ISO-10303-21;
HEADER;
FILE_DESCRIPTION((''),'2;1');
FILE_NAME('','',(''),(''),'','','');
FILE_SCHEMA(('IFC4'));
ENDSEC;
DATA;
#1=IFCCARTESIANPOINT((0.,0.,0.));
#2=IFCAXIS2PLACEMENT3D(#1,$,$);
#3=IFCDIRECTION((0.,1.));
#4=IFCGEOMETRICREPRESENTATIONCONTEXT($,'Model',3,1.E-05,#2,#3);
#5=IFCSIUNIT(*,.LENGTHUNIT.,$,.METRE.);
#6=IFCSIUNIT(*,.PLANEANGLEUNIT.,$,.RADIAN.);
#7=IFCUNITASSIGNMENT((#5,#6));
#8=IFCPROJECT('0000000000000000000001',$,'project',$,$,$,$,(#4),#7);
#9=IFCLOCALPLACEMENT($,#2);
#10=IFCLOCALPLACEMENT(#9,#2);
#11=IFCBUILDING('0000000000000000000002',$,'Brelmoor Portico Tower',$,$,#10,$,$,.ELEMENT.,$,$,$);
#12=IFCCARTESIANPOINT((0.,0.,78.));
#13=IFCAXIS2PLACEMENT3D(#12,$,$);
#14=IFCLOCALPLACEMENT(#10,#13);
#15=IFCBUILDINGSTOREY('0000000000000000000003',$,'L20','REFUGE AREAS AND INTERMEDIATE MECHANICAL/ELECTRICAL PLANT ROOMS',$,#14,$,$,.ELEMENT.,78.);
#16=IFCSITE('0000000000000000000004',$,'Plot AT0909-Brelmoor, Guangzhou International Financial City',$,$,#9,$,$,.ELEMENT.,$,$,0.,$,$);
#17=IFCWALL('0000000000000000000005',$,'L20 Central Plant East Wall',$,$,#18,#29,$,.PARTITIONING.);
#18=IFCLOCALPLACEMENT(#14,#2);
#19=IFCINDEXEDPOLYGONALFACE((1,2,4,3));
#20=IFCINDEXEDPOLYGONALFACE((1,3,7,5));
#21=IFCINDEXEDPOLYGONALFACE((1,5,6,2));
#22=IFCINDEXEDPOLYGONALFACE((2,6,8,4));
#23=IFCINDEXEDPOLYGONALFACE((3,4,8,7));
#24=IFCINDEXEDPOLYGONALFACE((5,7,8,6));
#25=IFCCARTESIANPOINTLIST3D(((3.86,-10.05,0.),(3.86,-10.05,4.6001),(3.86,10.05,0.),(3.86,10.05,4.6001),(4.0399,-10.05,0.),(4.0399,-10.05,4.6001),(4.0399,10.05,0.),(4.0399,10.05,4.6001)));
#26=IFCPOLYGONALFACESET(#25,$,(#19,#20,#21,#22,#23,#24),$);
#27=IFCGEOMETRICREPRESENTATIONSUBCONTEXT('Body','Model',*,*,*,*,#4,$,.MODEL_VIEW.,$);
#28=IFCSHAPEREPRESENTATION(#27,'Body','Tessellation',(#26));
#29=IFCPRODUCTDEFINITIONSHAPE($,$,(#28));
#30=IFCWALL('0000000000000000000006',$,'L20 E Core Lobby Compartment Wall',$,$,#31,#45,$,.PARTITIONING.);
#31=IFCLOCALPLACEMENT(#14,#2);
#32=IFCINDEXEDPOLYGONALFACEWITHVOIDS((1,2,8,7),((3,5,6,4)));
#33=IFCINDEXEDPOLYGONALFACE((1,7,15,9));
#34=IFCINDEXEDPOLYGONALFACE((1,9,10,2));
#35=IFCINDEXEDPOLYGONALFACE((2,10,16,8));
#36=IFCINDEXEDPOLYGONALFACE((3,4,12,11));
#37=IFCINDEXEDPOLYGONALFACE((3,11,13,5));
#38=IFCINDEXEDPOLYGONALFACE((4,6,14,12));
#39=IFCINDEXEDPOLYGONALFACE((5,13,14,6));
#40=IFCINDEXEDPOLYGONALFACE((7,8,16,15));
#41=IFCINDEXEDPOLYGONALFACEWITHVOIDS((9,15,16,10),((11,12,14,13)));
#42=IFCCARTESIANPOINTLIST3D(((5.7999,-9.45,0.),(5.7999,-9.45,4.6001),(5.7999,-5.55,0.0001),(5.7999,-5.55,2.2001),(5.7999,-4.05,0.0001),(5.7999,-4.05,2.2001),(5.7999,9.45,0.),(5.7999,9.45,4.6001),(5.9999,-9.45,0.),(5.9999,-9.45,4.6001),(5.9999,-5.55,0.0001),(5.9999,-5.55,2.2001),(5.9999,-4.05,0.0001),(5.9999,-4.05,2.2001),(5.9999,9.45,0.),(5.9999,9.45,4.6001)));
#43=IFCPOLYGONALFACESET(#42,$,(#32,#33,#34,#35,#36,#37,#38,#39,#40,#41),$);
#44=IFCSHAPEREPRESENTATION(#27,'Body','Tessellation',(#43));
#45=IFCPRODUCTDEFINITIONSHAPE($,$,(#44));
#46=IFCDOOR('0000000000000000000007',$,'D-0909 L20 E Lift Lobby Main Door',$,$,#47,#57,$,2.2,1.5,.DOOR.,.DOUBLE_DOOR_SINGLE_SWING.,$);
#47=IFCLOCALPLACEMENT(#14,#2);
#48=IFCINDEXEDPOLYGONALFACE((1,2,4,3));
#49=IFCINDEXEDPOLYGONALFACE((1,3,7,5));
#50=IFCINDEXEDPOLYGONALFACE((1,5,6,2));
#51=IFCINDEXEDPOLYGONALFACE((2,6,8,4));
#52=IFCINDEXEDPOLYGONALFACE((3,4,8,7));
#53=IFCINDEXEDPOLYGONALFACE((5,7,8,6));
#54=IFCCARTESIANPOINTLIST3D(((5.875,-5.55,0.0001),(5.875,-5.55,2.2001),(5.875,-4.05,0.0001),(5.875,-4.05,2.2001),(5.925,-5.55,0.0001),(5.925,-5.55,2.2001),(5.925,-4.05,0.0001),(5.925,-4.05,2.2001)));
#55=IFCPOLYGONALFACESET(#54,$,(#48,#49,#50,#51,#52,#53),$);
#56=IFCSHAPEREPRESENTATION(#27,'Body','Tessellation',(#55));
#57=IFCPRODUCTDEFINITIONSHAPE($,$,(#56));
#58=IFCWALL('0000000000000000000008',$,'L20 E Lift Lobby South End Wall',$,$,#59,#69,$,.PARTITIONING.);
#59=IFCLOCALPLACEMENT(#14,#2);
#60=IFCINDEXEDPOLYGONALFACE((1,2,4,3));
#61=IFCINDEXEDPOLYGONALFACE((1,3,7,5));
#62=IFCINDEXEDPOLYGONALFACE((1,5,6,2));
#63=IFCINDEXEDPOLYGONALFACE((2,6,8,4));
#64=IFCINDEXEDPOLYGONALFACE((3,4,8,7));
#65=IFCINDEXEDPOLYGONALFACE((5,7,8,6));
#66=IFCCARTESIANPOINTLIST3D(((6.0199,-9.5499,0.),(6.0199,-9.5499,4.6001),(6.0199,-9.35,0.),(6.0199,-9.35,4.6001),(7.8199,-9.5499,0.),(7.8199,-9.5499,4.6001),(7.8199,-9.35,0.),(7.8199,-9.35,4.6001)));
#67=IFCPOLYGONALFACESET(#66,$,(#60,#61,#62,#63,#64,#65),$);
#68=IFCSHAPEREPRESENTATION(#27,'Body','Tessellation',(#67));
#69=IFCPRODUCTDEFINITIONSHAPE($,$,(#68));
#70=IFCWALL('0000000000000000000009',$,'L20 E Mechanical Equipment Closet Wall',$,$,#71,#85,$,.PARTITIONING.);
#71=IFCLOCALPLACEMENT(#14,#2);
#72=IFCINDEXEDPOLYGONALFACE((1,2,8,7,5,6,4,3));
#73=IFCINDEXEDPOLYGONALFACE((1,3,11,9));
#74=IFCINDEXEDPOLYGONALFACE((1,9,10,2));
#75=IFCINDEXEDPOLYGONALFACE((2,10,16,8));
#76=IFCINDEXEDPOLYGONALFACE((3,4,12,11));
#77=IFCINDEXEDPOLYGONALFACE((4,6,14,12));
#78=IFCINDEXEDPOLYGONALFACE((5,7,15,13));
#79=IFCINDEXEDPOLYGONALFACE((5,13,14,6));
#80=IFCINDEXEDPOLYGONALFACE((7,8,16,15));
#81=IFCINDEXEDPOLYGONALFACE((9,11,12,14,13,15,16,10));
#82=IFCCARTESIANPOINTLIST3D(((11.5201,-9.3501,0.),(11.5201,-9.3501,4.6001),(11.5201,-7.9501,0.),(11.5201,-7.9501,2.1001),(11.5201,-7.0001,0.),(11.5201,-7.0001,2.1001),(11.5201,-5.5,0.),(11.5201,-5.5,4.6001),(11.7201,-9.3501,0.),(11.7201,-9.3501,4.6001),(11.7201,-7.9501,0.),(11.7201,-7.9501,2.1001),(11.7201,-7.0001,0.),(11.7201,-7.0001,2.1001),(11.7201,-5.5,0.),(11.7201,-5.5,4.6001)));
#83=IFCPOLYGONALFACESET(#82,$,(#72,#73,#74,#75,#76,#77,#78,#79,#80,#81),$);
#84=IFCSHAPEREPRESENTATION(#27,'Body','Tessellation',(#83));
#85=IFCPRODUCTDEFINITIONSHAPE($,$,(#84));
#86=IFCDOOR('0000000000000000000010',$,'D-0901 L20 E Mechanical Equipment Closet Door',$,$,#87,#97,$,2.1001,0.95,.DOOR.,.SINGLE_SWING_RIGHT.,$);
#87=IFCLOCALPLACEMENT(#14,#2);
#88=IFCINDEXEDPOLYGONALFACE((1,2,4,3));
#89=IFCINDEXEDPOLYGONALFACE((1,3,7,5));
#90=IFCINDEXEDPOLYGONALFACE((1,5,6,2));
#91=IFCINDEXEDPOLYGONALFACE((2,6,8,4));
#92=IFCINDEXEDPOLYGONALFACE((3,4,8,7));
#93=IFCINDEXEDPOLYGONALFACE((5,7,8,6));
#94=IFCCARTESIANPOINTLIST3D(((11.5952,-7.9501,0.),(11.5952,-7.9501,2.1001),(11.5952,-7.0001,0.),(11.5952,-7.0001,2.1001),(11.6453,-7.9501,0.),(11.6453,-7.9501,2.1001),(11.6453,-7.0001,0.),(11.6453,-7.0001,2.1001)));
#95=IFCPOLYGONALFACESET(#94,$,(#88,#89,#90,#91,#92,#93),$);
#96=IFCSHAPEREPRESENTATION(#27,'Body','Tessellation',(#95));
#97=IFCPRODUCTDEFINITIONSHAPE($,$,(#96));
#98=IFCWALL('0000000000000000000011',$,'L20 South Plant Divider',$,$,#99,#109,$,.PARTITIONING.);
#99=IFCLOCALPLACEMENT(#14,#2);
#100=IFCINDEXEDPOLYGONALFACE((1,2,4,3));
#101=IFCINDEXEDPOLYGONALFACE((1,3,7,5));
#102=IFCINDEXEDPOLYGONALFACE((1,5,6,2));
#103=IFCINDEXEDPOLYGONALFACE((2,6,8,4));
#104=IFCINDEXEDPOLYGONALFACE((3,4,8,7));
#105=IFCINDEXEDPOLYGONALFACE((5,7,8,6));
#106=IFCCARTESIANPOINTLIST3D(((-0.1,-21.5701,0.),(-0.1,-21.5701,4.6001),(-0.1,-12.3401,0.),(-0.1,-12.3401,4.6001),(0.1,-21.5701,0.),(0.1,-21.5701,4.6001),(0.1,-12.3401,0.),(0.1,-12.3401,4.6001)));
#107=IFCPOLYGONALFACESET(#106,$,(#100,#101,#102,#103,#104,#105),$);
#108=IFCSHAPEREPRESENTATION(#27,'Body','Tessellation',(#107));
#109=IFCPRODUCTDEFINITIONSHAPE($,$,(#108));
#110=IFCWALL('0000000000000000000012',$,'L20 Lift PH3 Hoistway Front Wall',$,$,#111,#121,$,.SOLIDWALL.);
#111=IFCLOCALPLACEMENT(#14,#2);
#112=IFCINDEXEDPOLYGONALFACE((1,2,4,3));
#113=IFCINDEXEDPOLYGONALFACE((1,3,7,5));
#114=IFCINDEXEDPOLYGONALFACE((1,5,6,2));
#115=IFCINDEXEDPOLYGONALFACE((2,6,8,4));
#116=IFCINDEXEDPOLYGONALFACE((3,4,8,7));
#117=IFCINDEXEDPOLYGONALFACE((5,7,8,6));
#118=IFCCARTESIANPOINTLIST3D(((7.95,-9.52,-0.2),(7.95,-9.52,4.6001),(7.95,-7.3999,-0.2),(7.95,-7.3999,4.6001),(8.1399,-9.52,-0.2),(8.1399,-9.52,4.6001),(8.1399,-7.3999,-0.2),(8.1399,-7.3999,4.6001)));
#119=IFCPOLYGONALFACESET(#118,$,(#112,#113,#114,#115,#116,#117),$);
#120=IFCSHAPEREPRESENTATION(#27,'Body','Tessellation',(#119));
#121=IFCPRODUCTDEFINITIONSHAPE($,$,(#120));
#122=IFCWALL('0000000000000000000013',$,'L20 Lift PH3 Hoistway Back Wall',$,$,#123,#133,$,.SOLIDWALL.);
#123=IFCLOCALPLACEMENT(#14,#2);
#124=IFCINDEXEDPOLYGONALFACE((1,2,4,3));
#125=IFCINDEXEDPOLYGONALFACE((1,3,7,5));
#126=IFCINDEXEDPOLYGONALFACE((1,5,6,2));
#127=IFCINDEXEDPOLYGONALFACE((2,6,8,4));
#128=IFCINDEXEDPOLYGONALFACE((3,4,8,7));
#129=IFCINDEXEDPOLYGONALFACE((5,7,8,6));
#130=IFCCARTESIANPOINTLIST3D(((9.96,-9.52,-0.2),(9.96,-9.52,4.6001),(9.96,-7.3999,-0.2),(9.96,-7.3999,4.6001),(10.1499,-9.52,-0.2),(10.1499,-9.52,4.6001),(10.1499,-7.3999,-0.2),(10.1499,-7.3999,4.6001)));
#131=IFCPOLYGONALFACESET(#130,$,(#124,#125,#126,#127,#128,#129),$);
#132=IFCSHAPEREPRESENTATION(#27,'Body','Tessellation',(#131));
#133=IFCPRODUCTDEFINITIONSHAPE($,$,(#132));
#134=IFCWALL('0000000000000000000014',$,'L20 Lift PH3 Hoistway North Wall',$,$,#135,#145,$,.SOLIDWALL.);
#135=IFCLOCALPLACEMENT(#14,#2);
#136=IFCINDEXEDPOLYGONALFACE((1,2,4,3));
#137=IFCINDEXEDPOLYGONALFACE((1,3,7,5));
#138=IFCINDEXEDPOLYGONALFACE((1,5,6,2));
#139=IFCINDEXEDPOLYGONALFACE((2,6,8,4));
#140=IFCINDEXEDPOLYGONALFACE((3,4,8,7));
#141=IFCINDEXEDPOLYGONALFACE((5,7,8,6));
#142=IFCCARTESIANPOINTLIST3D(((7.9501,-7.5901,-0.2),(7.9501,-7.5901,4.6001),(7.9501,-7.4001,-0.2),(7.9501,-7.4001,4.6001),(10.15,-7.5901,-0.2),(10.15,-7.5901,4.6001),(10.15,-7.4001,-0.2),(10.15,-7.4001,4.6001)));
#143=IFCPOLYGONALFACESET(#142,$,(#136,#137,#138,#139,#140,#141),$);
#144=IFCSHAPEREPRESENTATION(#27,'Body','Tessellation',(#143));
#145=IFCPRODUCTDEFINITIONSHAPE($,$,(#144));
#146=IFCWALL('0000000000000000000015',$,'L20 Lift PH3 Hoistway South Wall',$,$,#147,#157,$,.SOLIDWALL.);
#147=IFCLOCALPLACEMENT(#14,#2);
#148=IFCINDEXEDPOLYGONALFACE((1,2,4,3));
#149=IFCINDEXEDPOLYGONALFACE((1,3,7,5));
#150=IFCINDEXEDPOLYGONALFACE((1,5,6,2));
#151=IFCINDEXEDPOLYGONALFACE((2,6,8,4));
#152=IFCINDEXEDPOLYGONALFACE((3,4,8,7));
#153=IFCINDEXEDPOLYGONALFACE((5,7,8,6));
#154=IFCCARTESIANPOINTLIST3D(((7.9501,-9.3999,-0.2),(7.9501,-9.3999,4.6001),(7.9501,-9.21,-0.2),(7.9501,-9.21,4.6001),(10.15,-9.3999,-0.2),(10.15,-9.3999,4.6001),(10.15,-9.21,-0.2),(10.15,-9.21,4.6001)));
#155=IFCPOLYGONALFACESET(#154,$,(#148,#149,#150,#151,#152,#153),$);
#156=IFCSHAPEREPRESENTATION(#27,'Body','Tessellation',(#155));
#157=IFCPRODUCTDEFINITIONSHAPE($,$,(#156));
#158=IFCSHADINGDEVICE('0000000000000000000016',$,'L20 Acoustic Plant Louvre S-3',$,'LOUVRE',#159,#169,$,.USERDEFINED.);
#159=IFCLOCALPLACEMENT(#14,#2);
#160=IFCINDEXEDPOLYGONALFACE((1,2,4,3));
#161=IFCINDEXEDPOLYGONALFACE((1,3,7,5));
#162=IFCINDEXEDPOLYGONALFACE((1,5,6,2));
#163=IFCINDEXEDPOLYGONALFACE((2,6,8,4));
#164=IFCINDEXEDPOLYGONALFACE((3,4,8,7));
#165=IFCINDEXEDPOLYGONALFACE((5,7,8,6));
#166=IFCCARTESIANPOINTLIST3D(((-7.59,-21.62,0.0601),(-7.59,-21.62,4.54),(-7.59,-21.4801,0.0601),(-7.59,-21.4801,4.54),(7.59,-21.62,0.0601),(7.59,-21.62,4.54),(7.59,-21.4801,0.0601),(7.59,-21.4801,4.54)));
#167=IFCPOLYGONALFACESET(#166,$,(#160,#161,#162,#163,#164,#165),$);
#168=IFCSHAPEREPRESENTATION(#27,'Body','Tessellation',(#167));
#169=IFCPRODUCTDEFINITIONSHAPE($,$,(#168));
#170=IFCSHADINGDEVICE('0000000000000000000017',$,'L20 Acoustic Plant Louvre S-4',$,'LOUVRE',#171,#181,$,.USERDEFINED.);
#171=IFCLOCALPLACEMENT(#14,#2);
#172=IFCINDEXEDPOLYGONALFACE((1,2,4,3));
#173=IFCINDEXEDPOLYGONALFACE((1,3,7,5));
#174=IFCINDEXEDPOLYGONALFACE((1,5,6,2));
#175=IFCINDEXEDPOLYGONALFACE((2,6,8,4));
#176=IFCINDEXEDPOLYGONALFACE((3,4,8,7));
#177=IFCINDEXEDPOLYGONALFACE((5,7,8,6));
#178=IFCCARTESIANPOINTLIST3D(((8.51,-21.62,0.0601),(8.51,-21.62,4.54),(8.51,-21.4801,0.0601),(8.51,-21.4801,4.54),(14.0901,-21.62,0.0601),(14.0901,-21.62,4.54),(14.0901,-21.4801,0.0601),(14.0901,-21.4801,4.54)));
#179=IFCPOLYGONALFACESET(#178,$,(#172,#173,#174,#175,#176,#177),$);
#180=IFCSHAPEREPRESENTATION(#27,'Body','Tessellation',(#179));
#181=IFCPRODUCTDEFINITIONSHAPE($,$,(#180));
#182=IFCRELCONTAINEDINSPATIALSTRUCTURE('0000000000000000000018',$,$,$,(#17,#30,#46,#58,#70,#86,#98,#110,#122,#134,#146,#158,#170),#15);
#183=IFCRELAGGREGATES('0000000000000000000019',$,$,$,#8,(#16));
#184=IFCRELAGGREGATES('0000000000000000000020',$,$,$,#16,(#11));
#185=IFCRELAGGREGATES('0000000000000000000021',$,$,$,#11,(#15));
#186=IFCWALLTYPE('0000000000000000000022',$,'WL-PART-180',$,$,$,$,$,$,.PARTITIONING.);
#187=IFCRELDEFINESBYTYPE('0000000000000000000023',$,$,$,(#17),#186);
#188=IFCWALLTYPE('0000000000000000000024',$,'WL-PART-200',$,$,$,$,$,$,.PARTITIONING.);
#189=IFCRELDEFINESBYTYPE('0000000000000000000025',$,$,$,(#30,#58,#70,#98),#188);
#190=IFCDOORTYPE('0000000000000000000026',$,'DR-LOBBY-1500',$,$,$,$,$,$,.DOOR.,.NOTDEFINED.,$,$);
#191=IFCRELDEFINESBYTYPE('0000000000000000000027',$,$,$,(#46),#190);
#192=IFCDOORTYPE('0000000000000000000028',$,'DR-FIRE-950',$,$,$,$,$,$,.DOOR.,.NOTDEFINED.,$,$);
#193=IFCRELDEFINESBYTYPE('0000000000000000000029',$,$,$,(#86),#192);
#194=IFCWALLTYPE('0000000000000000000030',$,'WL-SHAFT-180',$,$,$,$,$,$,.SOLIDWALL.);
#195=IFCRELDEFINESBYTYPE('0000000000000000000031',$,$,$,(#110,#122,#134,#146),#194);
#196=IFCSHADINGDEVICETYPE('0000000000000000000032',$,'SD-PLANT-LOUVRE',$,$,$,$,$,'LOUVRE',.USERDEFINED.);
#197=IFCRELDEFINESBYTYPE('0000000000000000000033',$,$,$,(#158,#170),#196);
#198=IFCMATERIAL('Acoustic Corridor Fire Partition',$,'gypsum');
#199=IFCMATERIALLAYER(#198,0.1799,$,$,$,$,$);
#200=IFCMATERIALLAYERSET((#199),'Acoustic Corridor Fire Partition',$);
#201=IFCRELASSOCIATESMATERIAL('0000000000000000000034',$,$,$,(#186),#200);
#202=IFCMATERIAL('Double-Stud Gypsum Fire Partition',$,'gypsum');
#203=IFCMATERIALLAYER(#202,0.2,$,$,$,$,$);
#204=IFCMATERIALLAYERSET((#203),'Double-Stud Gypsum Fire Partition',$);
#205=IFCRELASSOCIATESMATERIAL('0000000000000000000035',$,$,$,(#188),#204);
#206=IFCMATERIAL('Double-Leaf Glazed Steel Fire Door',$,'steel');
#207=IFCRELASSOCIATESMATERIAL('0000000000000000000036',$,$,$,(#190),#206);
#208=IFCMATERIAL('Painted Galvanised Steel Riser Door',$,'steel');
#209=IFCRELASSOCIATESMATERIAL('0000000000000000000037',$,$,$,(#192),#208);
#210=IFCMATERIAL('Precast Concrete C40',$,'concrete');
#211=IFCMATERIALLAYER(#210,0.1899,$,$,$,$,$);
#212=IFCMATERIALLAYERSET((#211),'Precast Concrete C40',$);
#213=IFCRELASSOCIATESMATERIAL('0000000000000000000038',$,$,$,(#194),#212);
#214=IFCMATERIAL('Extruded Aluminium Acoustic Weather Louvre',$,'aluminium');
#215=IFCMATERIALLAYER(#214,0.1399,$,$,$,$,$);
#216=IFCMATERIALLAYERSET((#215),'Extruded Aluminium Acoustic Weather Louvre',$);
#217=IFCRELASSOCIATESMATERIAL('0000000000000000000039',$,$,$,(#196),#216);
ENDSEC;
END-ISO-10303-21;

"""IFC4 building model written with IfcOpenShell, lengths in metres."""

from ifc_helpers import new_model, si_unit, direction, frame, frame_2d, origin, origin_2d, place, context, subcontext, project, spatial, rectangle, extrude, material, layer, layer_set, type_object, element, fill, save


model = new_model("IFC4")

# Units and contexts
model_context = context("Model", 3, precision=1e-05, world=origin(), true_north=direction((0.0, 1.0)))
body_context = subcontext(model_context, "Body", "Model", "MODEL_VIEW")
ifc_project = project(units=[si_unit("LENGTHUNIT", "METRE"), si_unit("PLANEANGLEUNIT", "RADIAN")], contexts=[model_context])

# Site, building, storey
site_placement = place(None, origin())
site = spatial("IfcSite", under=ifc_project, at=site_placement, Name="Plot AT0909-Brelmoor, Guangzhou International Financial City", CompositionType="ELEMENT", RefElevation=0.0)
building_placement = place(site_placement, origin())
building = spatial("IfcBuilding", under=site, at=building_placement, Name="Brelmoor Portico Tower", CompositionType="ELEMENT")
storey_placement = place(building_placement, frame((0.0, 0.0, 78.0)))
storey = spatial("IfcBuildingStorey", under=building, at=storey_placement, Name="L20", Description="REFUGE AREAS AND INTERMEDIATE MECHANICAL/ELECTRICAL PLANT ROOMS", CompositionType="ELEMENT", Elevation=78.0)

# Wall
ifc_material_1 = material(Name="Acoustic Corridor Fire Partition", Category="gypsum")
ifc_layer_1 = layer(ifc_material_1, 0.1799)
ifc_layer_set_1 = layer_set([ifc_layer_1], Name="Acoustic Corridor Fire Partition")
wall_type_1 = type_object("IfcWallType", Name="WL-PART-180", PredefinedType="PARTITIONING", material=ifc_layer_set_1)
wall_1_placement = place(storey_placement, frame((3.95, -10.05, 0.0), z_axis=(0.0, 0.0, 1.0), x_axis=(0.0, 1.0, 0.0)))
element("IfcWall", 1, at=wall_1_placement, inside=storey, type_object=wall_type_1, Name="L20 Central Plant East Wall", PredefinedType="PARTITIONING", context=body_context, shape_type="SweptSolid", body=[
    extrude(rectangle(XDim=20.1001, YDim=0.1799, at=frame_2d((10.05, 0.0))), origin(), (0.0, 0.0, 1.0), 4.6001),
])

# Wall, opening, door
ifc_material_2 = material(Name="Double-Stud Gypsum Fire Partition", Category="gypsum")
ifc_layer_2 = layer(ifc_material_2, 0.2)
ifc_layer_set_2 = layer_set([ifc_layer_2], Name="Double-Stud Gypsum Fire Partition")
wall_type_2 = type_object("IfcWallType", Name="WL-PART-200", PredefinedType="PARTITIONING", material=ifc_layer_set_2)
wall_2_placement = place(storey_placement, frame((5.8999, -9.45, 0.0), z_axis=(0.0, 0.0, 1.0), x_axis=(0.0, 1.0, 0.0)))
wall_2 = element("IfcWall", 2, at=wall_2_placement, inside=storey, type_object=wall_type_2, Name="L20 E Core Lobby Compartment Wall", PredefinedType="PARTITIONING", context=body_context, shape_type="SweptSolid", body=[
    extrude(rectangle(XDim=18.8999, YDim=0.2, at=frame_2d((9.45, 0.0))), origin(), (0.0, 0.0, 1.0), 4.6001),
])
opening_1_placement = place(wall_2_placement, frame((3.8999, 0.0, 0.0)))
opening_1 = element("IfcOpeningElement", 3, at=opening_1_placement, cuts=wall_2, PredefinedType="OPENING", context=body_context, shape_type="SweptSolid", body=[
    extrude(rectangle(XDim=1.5, YDim=2.2, at=frame_2d((0.75, 1.1001))), frame((0.0, 0.1099, 0.0), z_axis=(0.0, -1.0, 0.0), x_axis=(1.0, 0.0, 0.0)), (0.0, 0.0, 1.0), 0.22),
])
ifc_material_3 = material(Name="Double-Leaf Glazed Steel Fire Door", Category="steel")
door_type_1 = type_object("IfcDoorType", Name="DR-LOBBY-1500", OperationType="NOTDEFINED", PredefinedType="DOOR", material=ifc_material_3)
door_1_placement = place(opening_1_placement, origin())
door_1 = element("IfcDoor", 4, at=door_1_placement, inside=storey, type_object=door_type_1, Name="D-0909 L20 E Lift Lobby Main Door", OperationType="DOUBLE_DOOR_SINGLE_SWING", OverallHeight=2.2, OverallWidth=1.5, PredefinedType="DOOR", context=body_context, shape_type="SweptSolid", body=[
    extrude(rectangle(XDim=1.5, YDim=2.2, at=frame_2d((0.75, 1.1001))), frame((0.0, 0.0249, 0.0), z_axis=(0.0, -1.0, 0.0), x_axis=(1.0, 0.0, 0.0)), (0.0, 0.0, 1.0), 0.05),
])
fill(opening_1, door_1)

# Wall
wall_3_placement = place(storey_placement, frame((6.02, -9.45, 0.0), z_axis=(0.0, 0.0, 1.0), x_axis=(1.0, 0.0, 0.0)))
element("IfcWall", 5, at=wall_3_placement, inside=storey, type_object=wall_type_2, Name="L20 E Lift Lobby South End Wall", PredefinedType="PARTITIONING", context=body_context, shape_type="SweptSolid", body=[
    extrude(rectangle(XDim=1.8, YDim=0.2, at=frame_2d((0.8999, 0.0))), origin(), (0.0, 0.0, 1.0), 4.6001),
])

# Wall, opening, door
wall_4_placement = place(storey_placement, frame((11.6201, -9.3501, 0.0), z_axis=(0.0, 0.0, 1.0), x_axis=(0.0, 1.0, 0.0)))
wall_4 = element("IfcWall", 6, at=wall_4_placement, inside=storey, type_object=wall_type_2, Name="L20 E Mechanical Equipment Closet Wall", PredefinedType="PARTITIONING", context=body_context, shape_type="SweptSolid", body=[
    extrude(rectangle(XDim=3.8501, YDim=0.2, at=frame_2d((1.925, 0.0))), origin(), (0.0, 0.0, 1.0), 4.6001),
])
opening_2_placement = place(wall_4_placement, frame((1.3999, 0.0, 0.0)))
opening_2 = element("IfcOpeningElement", 7, at=opening_2_placement, cuts=wall_4, PredefinedType="OPENING", context=body_context, shape_type="SweptSolid", body=[
    extrude(rectangle(XDim=0.95, YDim=2.1001, at=frame_2d((0.4751, 1.05))), frame((0.0, 0.1099, 0.0), z_axis=(0.0, -1.0, 0.0), x_axis=(1.0, 0.0, 0.0)), (0.0, 0.0, 1.0), 0.22),
])
ifc_material_4 = material(Name="Painted Galvanised Steel Riser Door", Category="steel")
door_type_2 = type_object("IfcDoorType", Name="DR-FIRE-950", OperationType="NOTDEFINED", PredefinedType="DOOR", material=ifc_material_4)
door_2_placement = place(opening_2_placement, origin())
door_2 = element("IfcDoor", 8, at=door_2_placement, inside=storey, type_object=door_type_2, Name="D-0901 L20 E Mechanical Equipment Closet Door", OperationType="SINGLE_SWING_RIGHT", OverallHeight=2.1001, OverallWidth=0.95, PredefinedType="DOOR", context=body_context, shape_type="SweptSolid", body=[
    extrude(rectangle(XDim=0.95, YDim=2.1001, at=frame_2d((0.4751, 1.05))), frame((0.0, 0.0249, 0.0), z_axis=(0.0, -1.0, 0.0), x_axis=(1.0, 0.0, 0.0)), (0.0, 0.0, 1.0), 0.05),
])
fill(opening_2, door_2)

# Walls
wall_5_placement = place(storey_placement, frame((0.0, -21.5701, 0.0), z_axis=(0.0, 0.0, 1.0), x_axis=(0.0, 1.0, 0.0)))
element("IfcWall", 9, at=wall_5_placement, inside=storey, type_object=wall_type_2, Name="L20 South Plant Divider", PredefinedType="PARTITIONING", context=body_context, shape_type="SweptSolid", body=[
    extrude(rectangle(XDim=9.23, YDim=0.2, at=frame_2d((4.615, 0.0))), origin(), (0.0, 0.0, 1.0), 4.6001),
])
ifc_material_5 = material(Name="Precast Concrete C40", Category="concrete")
ifc_layer_3 = layer(ifc_material_5, 0.1899)
ifc_layer_set_3 = layer_set([ifc_layer_3], Name="Precast Concrete C40")
wall_type_3 = type_object("IfcWallType", Name="WL-SHAFT-180", PredefinedType="SOLIDWALL", material=ifc_layer_set_3)
for number, where, z_axis, x_axis, name in (
    (10, (8.0449, -9.52, -0.2), (0.0, 0.0, 1.0), (0.0, 1.0, 0.0), "L20 Lift PH3 Hoistway Front Wall"),
    (11, (10.0549, -9.52, -0.2), (0.0, 0.0, 1.0), (0.0, 1.0, 0.0), "L20 Lift PH3 Hoistway Back Wall"),
):
    element("IfcWall", number, at=place(storey_placement, frame(where, z_axis=z_axis, x_axis=x_axis)), inside=storey, type_object=wall_type_3, Name=name, PredefinedType="SOLIDWALL", context=body_context, shape_type="SweptSolid", body=[
        extrude(rectangle(XDim=2.1201, YDim=0.1899, at=frame_2d((1.0601, 0.0))), origin(), (0.0, 0.0, 1.0), 4.8),
    ])
for number, where, z_axis, x_axis, name in (
    (12, (7.95, -7.4951, -0.2), (0.0, 0.0, 1.0), (1.0, 0.0, 0.0), "L20 Lift PH3 Hoistway North Wall"),
    (13, (7.95, -9.3049, -0.2), (0.0, 0.0, 1.0), (1.0, 0.0, 0.0), "L20 Lift PH3 Hoistway South Wall"),
):
    element("IfcWall", number, at=place(storey_placement, frame(where, z_axis=z_axis, x_axis=x_axis)), inside=storey, type_object=wall_type_3, Name=name, PredefinedType="SOLIDWALL", context=body_context, shape_type="SweptSolid", body=[
        extrude(rectangle(XDim=2.2, YDim=0.1899, at=frame_2d((1.1001, 0.0))), origin(), (0.0, 0.0, 1.0), 4.8),
    ])

# Shading devices
ifc_material_6 = material(Name="Extruded Aluminium Acoustic Weather Louvre", Category="aluminium")
ifc_layer_4 = layer(ifc_material_6, 0.1399)
ifc_layer_set_4 = layer_set([ifc_layer_4], Name="Extruded Aluminium Acoustic Weather Louvre")
shading_device_type = type_object("IfcShadingDeviceType", Name="SD-PLANT-LOUVRE", ElementType="LOUVRE", PredefinedType="USERDEFINED", material=ifc_layer_set_4)
shading_device_1_placement = place(storey_placement, frame((0.0, -21.55, 0.0601), z_axis=(0.0, 0.0, 1.0), x_axis=(1.0, 0.0, 0.0)))
element("IfcShadingDevice", 14, at=shading_device_1_placement, inside=storey, type_object=shading_device_type, Name="L20 Acoustic Plant Louvre S-3", ObjectType="LOUVRE", PredefinedType="USERDEFINED", context=body_context, shape_type="SweptSolid", body=[
    extrude(rectangle(XDim=15.1799, YDim=0.1399, at=origin_2d()), origin(), (0.0, 0.0, 1.0), 4.48),
])
shading_device_2_placement = place(storey_placement, frame((11.3, -21.55, 0.0601), z_axis=(0.0, 0.0, 1.0), x_axis=(1.0, 0.0, 0.0)))
element("IfcShadingDevice", 15, at=shading_device_2_placement, inside=storey, type_object=shading_device_type, Name="L20 Acoustic Plant Louvre S-4", ObjectType="LOUVRE", PredefinedType="USERDEFINED", context=body_context, shape_type="SweptSolid", body=[
    extrude(rectangle(XDim=5.5801, YDim=0.1399, at=origin_2d()), origin(), (0.0, 0.0, 1.0), 4.48),
])

save(model, "model.ifc")
